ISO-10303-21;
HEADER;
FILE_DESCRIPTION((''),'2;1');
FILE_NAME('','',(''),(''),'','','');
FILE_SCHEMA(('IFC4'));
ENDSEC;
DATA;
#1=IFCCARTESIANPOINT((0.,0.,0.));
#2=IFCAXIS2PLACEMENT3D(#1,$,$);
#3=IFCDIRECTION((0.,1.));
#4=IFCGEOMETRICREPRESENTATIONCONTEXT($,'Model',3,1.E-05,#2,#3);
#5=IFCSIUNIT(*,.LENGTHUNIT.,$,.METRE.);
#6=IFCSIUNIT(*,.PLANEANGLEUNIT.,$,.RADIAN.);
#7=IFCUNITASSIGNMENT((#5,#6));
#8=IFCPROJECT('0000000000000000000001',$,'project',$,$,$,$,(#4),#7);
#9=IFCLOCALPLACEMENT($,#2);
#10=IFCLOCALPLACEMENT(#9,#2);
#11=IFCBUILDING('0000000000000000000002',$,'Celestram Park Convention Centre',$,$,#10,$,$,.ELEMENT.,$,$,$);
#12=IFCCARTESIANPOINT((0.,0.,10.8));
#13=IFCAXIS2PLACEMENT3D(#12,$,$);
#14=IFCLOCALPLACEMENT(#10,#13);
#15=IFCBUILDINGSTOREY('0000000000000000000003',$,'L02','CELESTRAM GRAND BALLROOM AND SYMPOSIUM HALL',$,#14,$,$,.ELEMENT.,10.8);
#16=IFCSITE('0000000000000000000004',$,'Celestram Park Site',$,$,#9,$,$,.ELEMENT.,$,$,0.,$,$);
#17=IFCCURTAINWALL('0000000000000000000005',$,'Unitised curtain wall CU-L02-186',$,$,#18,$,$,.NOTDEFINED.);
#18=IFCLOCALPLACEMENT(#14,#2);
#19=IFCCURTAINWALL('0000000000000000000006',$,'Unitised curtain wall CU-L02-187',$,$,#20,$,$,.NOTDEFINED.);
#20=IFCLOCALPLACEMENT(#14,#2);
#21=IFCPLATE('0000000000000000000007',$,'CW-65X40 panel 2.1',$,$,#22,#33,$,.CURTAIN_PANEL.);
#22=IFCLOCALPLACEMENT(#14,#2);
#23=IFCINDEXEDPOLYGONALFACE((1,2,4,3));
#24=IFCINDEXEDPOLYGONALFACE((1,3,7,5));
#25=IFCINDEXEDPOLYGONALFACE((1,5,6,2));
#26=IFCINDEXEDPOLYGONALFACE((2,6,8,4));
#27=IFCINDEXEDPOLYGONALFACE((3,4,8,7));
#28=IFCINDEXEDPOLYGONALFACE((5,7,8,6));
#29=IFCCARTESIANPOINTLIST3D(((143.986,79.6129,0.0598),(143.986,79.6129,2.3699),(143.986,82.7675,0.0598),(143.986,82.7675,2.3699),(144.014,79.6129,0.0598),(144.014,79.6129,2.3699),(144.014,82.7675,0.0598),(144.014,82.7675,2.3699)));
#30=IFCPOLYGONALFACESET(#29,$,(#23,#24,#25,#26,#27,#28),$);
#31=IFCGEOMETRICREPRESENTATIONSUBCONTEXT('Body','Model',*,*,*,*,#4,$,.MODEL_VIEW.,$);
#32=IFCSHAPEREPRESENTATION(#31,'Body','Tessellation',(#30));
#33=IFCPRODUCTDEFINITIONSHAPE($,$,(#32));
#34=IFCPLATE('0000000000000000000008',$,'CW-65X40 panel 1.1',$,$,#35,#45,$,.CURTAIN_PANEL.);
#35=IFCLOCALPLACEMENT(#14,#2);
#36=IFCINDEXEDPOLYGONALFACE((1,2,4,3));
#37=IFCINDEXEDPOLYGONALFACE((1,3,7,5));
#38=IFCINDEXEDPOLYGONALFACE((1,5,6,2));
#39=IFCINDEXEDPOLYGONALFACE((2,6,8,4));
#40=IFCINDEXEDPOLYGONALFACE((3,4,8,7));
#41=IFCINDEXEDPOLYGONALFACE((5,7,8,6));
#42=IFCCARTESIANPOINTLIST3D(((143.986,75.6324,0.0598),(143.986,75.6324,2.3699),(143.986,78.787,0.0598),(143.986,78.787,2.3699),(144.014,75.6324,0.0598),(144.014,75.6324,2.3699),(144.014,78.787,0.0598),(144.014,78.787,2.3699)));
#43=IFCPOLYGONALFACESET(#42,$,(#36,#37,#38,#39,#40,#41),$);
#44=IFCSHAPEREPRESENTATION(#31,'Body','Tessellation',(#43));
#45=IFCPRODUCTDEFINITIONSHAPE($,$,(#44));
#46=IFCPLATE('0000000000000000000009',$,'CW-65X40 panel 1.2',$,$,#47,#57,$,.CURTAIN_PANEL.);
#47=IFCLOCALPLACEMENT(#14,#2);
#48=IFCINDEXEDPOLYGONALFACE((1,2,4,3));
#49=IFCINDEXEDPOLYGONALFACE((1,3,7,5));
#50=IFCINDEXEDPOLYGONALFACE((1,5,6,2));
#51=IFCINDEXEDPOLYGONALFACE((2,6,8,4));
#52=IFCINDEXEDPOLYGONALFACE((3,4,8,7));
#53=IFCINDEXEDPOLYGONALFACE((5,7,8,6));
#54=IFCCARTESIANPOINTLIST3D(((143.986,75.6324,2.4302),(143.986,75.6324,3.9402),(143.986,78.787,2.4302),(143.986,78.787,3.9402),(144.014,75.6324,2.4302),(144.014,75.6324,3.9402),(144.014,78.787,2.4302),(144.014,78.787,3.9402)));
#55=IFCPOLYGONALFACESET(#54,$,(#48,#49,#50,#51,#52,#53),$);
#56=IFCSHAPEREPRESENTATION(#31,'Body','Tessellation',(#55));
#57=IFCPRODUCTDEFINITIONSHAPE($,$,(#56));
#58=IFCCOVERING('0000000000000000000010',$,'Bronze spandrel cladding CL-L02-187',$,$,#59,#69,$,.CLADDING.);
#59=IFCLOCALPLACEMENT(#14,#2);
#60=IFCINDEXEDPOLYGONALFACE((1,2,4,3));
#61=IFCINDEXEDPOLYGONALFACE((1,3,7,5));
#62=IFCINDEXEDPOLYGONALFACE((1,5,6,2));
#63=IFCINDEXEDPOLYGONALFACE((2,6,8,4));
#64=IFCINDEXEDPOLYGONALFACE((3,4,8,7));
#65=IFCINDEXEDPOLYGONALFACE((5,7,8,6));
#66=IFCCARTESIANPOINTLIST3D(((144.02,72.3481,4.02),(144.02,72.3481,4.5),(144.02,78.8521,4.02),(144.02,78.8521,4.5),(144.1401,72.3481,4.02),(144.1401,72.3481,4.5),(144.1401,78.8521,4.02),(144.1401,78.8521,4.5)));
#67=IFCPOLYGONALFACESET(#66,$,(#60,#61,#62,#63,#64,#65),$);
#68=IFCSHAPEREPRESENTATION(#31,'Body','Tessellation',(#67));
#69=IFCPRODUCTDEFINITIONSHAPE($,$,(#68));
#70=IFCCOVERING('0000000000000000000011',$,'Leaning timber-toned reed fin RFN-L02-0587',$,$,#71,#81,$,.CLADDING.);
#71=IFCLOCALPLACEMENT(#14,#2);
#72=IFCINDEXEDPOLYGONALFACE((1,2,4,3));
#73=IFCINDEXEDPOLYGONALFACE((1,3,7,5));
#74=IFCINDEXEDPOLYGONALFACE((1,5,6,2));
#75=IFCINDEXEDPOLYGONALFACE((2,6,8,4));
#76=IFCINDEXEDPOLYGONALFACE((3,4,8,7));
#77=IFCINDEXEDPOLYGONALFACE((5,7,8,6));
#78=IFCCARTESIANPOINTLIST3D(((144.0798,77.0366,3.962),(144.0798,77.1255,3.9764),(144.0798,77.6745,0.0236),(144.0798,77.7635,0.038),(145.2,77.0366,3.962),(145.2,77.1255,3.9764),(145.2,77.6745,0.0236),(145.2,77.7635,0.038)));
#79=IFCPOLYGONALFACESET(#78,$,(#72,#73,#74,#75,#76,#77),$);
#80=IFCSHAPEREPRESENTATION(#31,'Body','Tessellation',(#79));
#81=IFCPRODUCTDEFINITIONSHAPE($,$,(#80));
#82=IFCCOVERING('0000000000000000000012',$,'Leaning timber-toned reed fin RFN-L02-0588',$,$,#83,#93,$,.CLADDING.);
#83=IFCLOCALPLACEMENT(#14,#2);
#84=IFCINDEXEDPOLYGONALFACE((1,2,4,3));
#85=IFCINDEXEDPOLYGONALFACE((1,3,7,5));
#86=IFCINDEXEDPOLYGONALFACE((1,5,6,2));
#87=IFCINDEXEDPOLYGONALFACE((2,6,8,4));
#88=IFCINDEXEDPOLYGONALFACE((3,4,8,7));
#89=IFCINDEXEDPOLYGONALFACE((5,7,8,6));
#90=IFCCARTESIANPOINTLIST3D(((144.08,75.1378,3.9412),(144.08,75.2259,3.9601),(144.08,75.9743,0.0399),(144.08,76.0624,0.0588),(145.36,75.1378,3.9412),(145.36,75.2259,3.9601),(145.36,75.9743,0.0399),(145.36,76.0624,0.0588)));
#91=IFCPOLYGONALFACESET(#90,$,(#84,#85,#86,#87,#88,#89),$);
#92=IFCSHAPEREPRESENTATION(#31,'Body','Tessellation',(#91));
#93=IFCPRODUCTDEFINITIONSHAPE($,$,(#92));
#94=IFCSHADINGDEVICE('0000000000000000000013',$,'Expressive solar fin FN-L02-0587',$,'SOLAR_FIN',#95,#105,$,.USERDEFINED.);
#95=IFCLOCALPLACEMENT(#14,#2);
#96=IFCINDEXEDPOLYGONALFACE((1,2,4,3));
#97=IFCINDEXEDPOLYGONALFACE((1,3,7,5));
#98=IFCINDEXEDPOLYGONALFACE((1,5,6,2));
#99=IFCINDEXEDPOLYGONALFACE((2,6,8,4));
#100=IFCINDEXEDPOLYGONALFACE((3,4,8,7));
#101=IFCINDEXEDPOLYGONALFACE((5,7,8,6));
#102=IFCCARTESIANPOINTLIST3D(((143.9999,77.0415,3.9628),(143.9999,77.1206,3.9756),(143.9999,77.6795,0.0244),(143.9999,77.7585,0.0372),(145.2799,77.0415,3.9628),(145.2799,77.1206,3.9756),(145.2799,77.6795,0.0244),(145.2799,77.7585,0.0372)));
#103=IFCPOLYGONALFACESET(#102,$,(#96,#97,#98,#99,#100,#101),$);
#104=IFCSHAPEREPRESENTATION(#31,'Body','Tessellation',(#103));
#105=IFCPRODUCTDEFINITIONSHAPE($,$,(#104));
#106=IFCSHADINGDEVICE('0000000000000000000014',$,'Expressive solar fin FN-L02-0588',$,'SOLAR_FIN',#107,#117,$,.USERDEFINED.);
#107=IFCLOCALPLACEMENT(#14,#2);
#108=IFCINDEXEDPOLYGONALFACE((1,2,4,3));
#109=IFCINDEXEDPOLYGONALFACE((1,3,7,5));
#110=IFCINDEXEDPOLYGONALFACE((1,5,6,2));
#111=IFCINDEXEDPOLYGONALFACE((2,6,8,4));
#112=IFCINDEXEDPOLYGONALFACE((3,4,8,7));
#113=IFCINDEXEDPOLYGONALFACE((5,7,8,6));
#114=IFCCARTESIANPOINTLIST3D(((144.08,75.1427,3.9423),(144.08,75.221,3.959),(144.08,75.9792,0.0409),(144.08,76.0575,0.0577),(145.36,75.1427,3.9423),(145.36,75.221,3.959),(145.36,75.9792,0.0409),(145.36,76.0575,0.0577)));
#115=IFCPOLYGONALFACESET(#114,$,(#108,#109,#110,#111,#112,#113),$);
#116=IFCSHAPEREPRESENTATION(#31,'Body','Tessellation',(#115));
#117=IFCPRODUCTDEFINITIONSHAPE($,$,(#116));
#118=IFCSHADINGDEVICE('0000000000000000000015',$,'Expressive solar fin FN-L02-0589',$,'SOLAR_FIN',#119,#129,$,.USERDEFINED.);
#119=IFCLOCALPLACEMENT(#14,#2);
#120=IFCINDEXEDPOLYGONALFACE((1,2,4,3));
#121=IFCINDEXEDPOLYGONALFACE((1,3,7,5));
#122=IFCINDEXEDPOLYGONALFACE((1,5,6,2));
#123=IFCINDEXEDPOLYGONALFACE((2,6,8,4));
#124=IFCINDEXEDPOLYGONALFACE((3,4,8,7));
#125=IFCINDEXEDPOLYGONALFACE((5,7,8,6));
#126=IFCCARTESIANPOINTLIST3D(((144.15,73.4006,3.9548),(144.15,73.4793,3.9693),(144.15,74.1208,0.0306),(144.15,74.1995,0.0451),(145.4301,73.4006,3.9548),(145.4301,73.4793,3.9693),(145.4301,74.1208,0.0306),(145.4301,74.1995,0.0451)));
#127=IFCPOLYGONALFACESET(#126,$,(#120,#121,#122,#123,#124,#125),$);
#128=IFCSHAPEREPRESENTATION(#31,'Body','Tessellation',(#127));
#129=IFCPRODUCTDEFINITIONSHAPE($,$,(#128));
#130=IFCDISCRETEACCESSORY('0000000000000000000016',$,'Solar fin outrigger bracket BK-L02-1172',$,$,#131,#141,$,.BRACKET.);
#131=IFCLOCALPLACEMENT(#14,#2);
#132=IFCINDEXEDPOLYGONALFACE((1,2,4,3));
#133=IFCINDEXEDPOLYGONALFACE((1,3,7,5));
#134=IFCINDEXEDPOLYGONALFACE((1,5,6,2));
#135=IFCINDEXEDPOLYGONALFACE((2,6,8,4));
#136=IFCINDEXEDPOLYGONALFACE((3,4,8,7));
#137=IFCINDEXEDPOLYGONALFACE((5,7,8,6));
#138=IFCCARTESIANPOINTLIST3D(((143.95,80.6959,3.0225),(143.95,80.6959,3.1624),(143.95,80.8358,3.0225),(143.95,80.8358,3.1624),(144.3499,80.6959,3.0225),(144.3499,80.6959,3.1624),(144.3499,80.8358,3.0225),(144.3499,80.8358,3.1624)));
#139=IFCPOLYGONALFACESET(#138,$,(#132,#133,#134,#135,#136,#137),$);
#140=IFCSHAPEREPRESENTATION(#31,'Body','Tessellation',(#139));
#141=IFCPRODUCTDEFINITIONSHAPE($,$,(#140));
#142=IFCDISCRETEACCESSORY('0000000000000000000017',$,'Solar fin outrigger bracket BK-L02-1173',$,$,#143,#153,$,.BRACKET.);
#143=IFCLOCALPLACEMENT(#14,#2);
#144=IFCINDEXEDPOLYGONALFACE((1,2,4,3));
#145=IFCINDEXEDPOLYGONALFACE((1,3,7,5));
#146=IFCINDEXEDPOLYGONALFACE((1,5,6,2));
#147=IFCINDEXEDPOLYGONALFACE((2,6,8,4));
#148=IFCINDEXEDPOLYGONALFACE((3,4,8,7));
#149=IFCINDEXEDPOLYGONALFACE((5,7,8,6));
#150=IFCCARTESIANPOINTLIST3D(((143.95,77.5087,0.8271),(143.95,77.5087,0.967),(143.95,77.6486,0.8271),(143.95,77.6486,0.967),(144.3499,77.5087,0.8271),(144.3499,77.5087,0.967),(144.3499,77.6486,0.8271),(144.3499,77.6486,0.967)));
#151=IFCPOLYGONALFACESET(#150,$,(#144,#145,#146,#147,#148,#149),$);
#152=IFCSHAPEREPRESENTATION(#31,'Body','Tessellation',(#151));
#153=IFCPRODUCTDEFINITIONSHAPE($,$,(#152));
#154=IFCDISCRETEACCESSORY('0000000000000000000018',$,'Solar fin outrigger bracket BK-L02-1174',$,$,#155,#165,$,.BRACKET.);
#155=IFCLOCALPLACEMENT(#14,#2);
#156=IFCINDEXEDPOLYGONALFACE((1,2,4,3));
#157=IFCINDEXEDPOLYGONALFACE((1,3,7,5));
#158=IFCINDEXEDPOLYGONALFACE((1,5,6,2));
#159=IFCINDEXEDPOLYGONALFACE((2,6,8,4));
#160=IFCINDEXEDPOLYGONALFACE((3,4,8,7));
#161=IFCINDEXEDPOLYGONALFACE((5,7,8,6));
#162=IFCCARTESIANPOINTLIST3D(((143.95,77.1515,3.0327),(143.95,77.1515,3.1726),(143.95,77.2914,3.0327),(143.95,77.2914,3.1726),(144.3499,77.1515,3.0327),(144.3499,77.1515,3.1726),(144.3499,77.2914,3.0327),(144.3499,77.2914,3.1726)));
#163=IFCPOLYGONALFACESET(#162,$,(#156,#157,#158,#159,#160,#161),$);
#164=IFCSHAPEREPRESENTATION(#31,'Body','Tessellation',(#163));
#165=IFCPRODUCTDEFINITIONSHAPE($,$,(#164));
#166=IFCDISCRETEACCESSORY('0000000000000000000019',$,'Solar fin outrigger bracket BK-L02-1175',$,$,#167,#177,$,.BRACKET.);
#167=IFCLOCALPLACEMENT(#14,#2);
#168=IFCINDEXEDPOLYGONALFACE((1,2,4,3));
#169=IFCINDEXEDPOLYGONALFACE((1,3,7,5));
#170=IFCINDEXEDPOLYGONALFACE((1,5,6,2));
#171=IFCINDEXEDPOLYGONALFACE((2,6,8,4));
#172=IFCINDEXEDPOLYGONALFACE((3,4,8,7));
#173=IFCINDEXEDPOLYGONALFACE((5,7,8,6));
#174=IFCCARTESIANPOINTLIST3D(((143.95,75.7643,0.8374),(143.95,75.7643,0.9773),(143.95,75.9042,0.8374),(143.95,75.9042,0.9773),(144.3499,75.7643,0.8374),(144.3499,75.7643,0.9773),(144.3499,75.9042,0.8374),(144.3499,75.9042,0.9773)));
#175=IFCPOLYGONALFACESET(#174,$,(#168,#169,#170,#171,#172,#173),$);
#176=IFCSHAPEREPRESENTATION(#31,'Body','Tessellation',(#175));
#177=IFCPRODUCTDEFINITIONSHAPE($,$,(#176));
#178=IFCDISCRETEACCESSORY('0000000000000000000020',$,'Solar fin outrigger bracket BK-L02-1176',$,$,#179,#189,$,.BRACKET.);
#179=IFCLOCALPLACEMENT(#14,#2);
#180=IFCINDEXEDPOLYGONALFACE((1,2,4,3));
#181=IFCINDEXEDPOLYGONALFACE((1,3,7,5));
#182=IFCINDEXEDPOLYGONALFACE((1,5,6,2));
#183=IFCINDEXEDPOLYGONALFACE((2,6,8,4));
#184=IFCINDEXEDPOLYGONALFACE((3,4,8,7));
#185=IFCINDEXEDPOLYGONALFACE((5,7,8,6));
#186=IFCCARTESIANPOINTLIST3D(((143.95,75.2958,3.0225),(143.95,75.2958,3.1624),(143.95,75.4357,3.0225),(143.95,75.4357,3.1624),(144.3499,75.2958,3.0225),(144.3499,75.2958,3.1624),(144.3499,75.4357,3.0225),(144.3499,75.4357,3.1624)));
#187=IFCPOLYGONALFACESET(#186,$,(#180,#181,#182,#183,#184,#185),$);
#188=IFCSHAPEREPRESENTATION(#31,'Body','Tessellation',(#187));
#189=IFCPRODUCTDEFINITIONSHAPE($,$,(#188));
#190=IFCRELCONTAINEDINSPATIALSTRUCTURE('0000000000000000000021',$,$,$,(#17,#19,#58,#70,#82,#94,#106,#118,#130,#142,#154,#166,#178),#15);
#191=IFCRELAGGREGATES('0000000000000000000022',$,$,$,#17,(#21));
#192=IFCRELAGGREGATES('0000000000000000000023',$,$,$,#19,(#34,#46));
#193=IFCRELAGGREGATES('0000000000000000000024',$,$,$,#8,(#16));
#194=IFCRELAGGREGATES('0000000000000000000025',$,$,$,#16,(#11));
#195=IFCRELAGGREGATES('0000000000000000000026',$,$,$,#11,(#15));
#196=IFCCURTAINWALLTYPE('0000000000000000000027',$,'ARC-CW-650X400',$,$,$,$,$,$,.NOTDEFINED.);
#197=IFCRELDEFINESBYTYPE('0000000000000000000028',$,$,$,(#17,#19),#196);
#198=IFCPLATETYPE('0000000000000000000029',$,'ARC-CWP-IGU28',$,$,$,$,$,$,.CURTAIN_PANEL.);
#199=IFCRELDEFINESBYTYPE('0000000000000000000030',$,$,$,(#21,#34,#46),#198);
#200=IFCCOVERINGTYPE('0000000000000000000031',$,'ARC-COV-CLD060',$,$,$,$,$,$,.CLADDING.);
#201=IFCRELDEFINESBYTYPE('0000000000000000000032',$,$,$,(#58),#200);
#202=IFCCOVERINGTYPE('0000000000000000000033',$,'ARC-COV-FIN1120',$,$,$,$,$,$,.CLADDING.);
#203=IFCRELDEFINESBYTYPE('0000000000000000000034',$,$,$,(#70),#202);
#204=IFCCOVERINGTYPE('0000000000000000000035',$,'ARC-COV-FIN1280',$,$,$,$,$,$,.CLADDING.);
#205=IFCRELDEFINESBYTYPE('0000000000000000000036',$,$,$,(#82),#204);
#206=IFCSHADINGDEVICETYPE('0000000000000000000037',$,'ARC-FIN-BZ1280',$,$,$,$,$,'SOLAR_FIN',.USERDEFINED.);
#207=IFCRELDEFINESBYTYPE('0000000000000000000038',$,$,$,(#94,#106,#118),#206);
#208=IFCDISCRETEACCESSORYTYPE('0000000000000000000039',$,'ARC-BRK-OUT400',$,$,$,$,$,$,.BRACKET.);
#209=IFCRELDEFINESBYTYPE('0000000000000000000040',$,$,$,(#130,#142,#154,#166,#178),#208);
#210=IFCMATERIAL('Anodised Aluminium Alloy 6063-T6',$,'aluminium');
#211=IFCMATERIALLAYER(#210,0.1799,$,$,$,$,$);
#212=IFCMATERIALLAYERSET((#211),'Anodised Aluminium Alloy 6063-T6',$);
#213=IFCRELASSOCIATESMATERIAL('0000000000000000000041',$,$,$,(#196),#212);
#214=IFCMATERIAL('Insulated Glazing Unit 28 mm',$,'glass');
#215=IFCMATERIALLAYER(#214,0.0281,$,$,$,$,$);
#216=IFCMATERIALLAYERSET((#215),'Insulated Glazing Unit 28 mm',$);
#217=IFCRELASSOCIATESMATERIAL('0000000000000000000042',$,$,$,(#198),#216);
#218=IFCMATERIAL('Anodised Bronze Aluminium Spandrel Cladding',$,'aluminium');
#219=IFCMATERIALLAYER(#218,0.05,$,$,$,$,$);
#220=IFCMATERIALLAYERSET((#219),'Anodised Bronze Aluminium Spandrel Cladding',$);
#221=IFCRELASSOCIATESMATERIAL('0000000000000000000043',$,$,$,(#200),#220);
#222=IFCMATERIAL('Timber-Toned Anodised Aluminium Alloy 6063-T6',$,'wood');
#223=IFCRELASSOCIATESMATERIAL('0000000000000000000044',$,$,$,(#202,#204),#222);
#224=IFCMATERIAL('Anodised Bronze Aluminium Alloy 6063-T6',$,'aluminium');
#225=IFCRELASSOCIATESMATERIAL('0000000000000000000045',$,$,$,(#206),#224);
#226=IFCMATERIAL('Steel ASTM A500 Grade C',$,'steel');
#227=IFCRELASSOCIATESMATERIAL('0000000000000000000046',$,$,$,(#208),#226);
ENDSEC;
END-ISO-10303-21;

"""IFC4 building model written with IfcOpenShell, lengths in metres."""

from ifc_helpers import new_model, si_unit, direction, frame, origin, origin_2d, place, context, subcontext, project, spatial, rectangle, extrude, material, layer, layer_set, material_profile, profile_set, type_object, element, aggregate, save


model = new_model("IFC4")

# Units and contexts
model_context = context("Model", 3, precision=1e-05, world=origin(), true_north=direction((0.0, 1.0)))
body_context = subcontext(model_context, "Body", "Model", "MODEL_VIEW")
ifc_project = project(units=[si_unit("LENGTHUNIT", "METRE"), si_unit("PLANEANGLEUNIT", "RADIAN")], contexts=[model_context])

# Site, building, storey
site_placement = place(None, origin())
site = spatial("IfcSite", under=ifc_project, at=site_placement, Name="Celestram Park Site", CompositionType="ELEMENT", RefElevation=0.0)
building_placement = place(site_placement, origin())
building = spatial("IfcBuilding", under=site, at=building_placement, Name="Celestram Park Convention Centre", CompositionType="ELEMENT")
storey_placement = place(building_placement, frame((0.0, 0.0, 10.8)))
storey = spatial("IfcBuildingStorey", under=building, at=storey_placement, Name="L02", Description="CELESTRAM GRAND BALLROOM AND SYMPOSIUM HALL", CompositionType="ELEMENT", Elevation=10.8)

# Curtain wall
ifc_material_1 = material(Name="Anodised Aluminium Alloy 6063-T6", Category="aluminium")
ifc_layer_1 = layer(ifc_material_1, 0.1799)
ifc_layer_set_1 = layer_set([ifc_layer_1], Name="Anodised Aluminium Alloy 6063-T6")
curtain_wall_type = type_object("IfcCurtainWallType", Name="ARC-CW-650X400", PredefinedType="NOTDEFINED", material=ifc_layer_set_1)
curtain_wall_1_placement = place(storey_placement, origin())
curtain_wall_1 = element("IfcCurtainWall", 1, at=curtain_wall_1_placement, inside=storey, type_object=curtain_wall_type, Name="Unitised curtain wall CU-L02-186", PredefinedType="NOTDEFINED")

# Curtain wall
curtain_wall_2_placement = place(storey_placement, origin())
curtain_wall_2 = element("IfcCurtainWall", 2, at=curtain_wall_2_placement, inside=storey, type_object=curtain_wall_type, Name="Unitised curtain wall CU-L02-187", PredefinedType="NOTDEFINED")

# Shared definitions
ifc_material_2 = material(Name="Steel ASTM A500 Grade C", Category="steel")

# Plates
ifc_material_3 = material(Name="Insulated Glazing Unit 28 mm", Category="glass")
ifc_layer_2 = layer(ifc_material_3, 0.0281)
ifc_layer_set_2 = layer_set([ifc_layer_2], Name="Insulated Glazing Unit 28 mm")
plate_type = type_object("IfcPlateType", Name="ARC-CWP-IGU28", PredefinedType="CURTAIN_PANEL", material=ifc_layer_set_2)
plate_1_placement = place(storey_placement, frame((144.0, 81.1902, 0.0598), z_axis=(0.0, 0.0, 1.0), x_axis=(0.0, -1.0, 0.0)))
plate_1 = element("IfcPlate", 3, at=plate_1_placement, type_object=plate_type, Name="CW-65X40 panel 2.1", PredefinedType="CURTAIN_PANEL", context=body_context, shape_type="SweptSolid", body=[
    extrude(rectangle(XDim=3.1545, YDim=0.0281, at=origin_2d()), origin(), (0.0, 0.0, 1.0), 2.3101),
])
aggregate(curtain_wall_1, [plate_1])
plate_2_placement = place(storey_placement, frame((144.0, 77.2097, 0.0598), z_axis=(0.0, 0.0, 1.0), x_axis=(0.0, -1.0, 0.0)))
plate_2 = element("IfcPlate", 4, at=plate_2_placement, type_object=plate_type, Name="CW-65X40 panel 1.1", PredefinedType="CURTAIN_PANEL", context=body_context, shape_type="SweptSolid", body=[
    extrude(rectangle(XDim=3.1545, YDim=0.0281, at=origin_2d()), origin(), (0.0, 0.0, 1.0), 2.3101),
])
plate_3_placement = place(storey_placement, frame((144.0, 77.2097, 2.4302), z_axis=(0.0, 0.0, 1.0), x_axis=(0.0, -1.0, 0.0)))
plate_3 = element("IfcPlate", 5, at=plate_3_placement, type_object=plate_type, Name="CW-65X40 panel 1.2", PredefinedType="CURTAIN_PANEL", context=body_context, shape_type="SweptSolid", body=[
    extrude(rectangle(XDim=3.1545, YDim=0.0281, at=origin_2d()), origin(), (0.0, 0.0, 1.0), 1.51),
])
aggregate(curtain_wall_2, [plate_2, plate_3])

# Coverings
ifc_material_4 = material(Name="Anodised Bronze Aluminium Spandrel Cladding", Category="aluminium")
ifc_layer_3 = layer(ifc_material_4, 0.05)
ifc_layer_set_3 = layer_set([ifc_layer_3], Name="Anodised Bronze Aluminium Spandrel Cladding")
covering_type_1 = type_object("IfcCoveringType", Name="ARC-COV-CLD060", PredefinedType="CLADDING", material=ifc_layer_set_3)
covering_1_placement = place(storey_placement, frame((144.0801, 75.6001, 4.02), z_axis=(0.0, 0.0, 1.0), x_axis=(0.0, -1.0, 0.0)))
element("IfcCovering", 6, at=covering_1_placement, inside=storey, type_object=covering_type_1, Name="Bronze spandrel cladding CL-L02-187", PredefinedType="CLADDING", context=body_context, shape_type="SweptSolid", body=[
    extrude(rectangle(XDim=6.5039, YDim=0.1201, at=origin_2d()), origin(), (0.0, 0.0, 1.0), 0.48),
])
ifc_material_5 = material(Name="Timber-Toned Anodised Aluminium Alloy 6063-T6", Category="wood")
ifc_material_profile_1 = material_profile(ifc_material_5, rectangle(XDim=1.1201, YDim=0.0901, at=origin_2d()), Name="REED1120X90")
ifc_profile_set_1 = profile_set([ifc_material_profile_1], Name="Timber-Toned Anodised Aluminium Alloy 6063-T6")
covering_type_2 = type_object("IfcCoveringType", Name="ARC-COV-FIN1120", PredefinedType="CLADDING", material=ifc_profile_set_1)
covering_2_placement = place(storey_placement, frame((144.6399, 77.719, 0.0308), z_axis=(0.0, -0.159892, 0.987134), x_axis=(1.0, 0.0, 0.0)))
element("IfcCovering", 7, at=covering_2_placement, inside=storey, type_object=covering_type_2, Name="Leaning timber-toned reed fin RFN-L02-0587", PredefinedType="CLADDING", context=body_context, shape_type="SweptSolid", body=[
    extrude(rectangle(XDim=1.1201, YDim=0.0901, at=origin_2d()), origin(), (0.0, 0.0, 1.0), 3.9897),
])
ifc_material_profile_2 = material_profile(ifc_material_5, rectangle(XDim=1.28, YDim=0.0901, at=origin_2d()), Name="REED1280X90")
ifc_profile_set_2 = profile_set([ifc_material_profile_2], Name="Timber-Toned Anodised Aluminium Alloy 6063-T6")
covering_type_3 = type_object("IfcCoveringType", Name="ARC-COV-FIN1280", PredefinedType="CLADDING", material=ifc_profile_set_2)
covering_3_placement = place(storey_placement, frame((144.72, 76.0183, 0.0493), z_axis=(0.0, -0.209629, 0.977781), x_axis=(1.0, 0.0, 0.0)))
element("IfcCovering", 8, at=covering_3_placement, inside=storey, type_object=covering_type_3, Name="Leaning timber-toned reed fin RFN-L02-0588", PredefinedType="CLADDING", context=body_context, shape_type="SweptSolid", body=[
    extrude(rectangle(XDim=1.28, YDim=0.0901, at=origin_2d()), origin(), (0.0, 0.0, 1.0), 3.99),
])

# Shading devices
ifc_material_6 = material(Name="Anodised Bronze Aluminium Alloy 6063-T6", Category="aluminium")
ifc_material_profile_3 = material_profile(ifc_material_6, rectangle(XDim=1.28, YDim=0.0801, at=origin_2d()), Name="FIN1280X80")
ifc_profile_set_3 = profile_set([ifc_material_profile_3], Name="Anodised Bronze Aluminium Alloy 6063-T6")
shading_device_type = type_object("IfcShadingDeviceType", Name="ARC-FIN-BZ1280", ElementType="SOLAR_FIN", PredefinedType="USERDEFINED", material=ifc_profile_set_3)
shading_device_1_placement = place(storey_placement, frame((144.6399, 77.719, 0.0308), z_axis=(0.0, -0.159892, 0.987134), x_axis=(1.0, 0.0, 0.0)))
element("IfcShadingDevice", 9, at=shading_device_1_placement, inside=storey, type_object=shading_device_type, Name="Expressive solar fin FN-L02-0587", ObjectType="SOLAR_FIN", PredefinedType="USERDEFINED", context=body_context, shape_type="SweptSolid", body=[
    extrude(rectangle(XDim=1.28, YDim=0.0801, at=origin_2d()), origin(), (0.0, 0.0, 1.0), 3.9897),
])
shading_device_2_placement = place(storey_placement, frame((144.72, 76.0183, 0.0493), z_axis=(0.0, -0.209629, 0.977781), x_axis=(1.0, 0.0, 0.0)))
element("IfcShadingDevice", 10, at=shading_device_2_placement, inside=storey, type_object=shading_device_type, Name="Expressive solar fin FN-L02-0588", ObjectType="SOLAR_FIN", PredefinedType="USERDEFINED", context=body_context, shape_type="SweptSolid", body=[
    extrude(rectangle(XDim=1.28, YDim=0.0801, at=origin_2d()), origin(), (0.0, 0.0, 1.0), 3.99),
])
shading_device_3_placement = place(storey_placement, frame((144.79, 74.1602, 0.0378), z_axis=(0.0, -0.180511, 0.983573), x_axis=(1.0, 0.0, 0.0)))
element("IfcShadingDevice", 11, at=shading_device_3_placement, inside=storey, type_object=shading_device_type, Name="Expressive solar fin FN-L02-0589", ObjectType="SOLAR_FIN", PredefinedType="USERDEFINED", context=body_context, shape_type="SweptSolid", body=[
    extrude(rectangle(XDim=1.28, YDim=0.0801, at=origin_2d()), origin(), (0.0, 0.0, 1.0), 3.9897),
])

# Discrete accessories
discrete_accessory_type = type_object("IfcDiscreteAccessoryType", Name="ARC-BRK-OUT400", PredefinedType="BRACKET", material=ifc_material_2)
for number, where, z_axis, x_axis, name in (
    (12, (144.1499, 80.7659, 3.0225), (0.0, 0.0, 1.0), (1.0, 0.0, 0.0), "Solar fin outrigger bracket BK-L02-1172"),
    (13, (144.1499, 77.5786, 0.8271), (0.0, 0.0, 1.0), (1.0, 0.0, 0.0), "Solar fin outrigger bracket BK-L02-1173"),
    (14, (144.1499, 77.2214, 3.0327), (0.0, 0.0, 1.0), (1.0, 0.0, 0.0), "Solar fin outrigger bracket BK-L02-1174"),
    (15, (144.1499, 75.8342, 0.8374), (0.0, 0.0, 1.0), (1.0, 0.0, 0.0), "Solar fin outrigger bracket BK-L02-1175"),
    (16, (144.1499, 75.3657, 3.0225), (0.0, 0.0, 1.0), (1.0, 0.0, 0.0), "Solar fin outrigger bracket BK-L02-1176"),
):
    element("IfcDiscreteAccessory", number, at=place(storey_placement, frame(where, z_axis=z_axis, x_axis=x_axis)), inside=storey, type_object=discrete_accessory_type, Name=name, PredefinedType="BRACKET", context=body_context, shape_type="SweptSolid", body=[
        extrude(rectangle(XDim=0.3999, YDim=0.1399, at=origin_2d()), origin(), (0.0, 0.0, 1.0), 0.1399),
    ])

save(model, "model.ifc")
